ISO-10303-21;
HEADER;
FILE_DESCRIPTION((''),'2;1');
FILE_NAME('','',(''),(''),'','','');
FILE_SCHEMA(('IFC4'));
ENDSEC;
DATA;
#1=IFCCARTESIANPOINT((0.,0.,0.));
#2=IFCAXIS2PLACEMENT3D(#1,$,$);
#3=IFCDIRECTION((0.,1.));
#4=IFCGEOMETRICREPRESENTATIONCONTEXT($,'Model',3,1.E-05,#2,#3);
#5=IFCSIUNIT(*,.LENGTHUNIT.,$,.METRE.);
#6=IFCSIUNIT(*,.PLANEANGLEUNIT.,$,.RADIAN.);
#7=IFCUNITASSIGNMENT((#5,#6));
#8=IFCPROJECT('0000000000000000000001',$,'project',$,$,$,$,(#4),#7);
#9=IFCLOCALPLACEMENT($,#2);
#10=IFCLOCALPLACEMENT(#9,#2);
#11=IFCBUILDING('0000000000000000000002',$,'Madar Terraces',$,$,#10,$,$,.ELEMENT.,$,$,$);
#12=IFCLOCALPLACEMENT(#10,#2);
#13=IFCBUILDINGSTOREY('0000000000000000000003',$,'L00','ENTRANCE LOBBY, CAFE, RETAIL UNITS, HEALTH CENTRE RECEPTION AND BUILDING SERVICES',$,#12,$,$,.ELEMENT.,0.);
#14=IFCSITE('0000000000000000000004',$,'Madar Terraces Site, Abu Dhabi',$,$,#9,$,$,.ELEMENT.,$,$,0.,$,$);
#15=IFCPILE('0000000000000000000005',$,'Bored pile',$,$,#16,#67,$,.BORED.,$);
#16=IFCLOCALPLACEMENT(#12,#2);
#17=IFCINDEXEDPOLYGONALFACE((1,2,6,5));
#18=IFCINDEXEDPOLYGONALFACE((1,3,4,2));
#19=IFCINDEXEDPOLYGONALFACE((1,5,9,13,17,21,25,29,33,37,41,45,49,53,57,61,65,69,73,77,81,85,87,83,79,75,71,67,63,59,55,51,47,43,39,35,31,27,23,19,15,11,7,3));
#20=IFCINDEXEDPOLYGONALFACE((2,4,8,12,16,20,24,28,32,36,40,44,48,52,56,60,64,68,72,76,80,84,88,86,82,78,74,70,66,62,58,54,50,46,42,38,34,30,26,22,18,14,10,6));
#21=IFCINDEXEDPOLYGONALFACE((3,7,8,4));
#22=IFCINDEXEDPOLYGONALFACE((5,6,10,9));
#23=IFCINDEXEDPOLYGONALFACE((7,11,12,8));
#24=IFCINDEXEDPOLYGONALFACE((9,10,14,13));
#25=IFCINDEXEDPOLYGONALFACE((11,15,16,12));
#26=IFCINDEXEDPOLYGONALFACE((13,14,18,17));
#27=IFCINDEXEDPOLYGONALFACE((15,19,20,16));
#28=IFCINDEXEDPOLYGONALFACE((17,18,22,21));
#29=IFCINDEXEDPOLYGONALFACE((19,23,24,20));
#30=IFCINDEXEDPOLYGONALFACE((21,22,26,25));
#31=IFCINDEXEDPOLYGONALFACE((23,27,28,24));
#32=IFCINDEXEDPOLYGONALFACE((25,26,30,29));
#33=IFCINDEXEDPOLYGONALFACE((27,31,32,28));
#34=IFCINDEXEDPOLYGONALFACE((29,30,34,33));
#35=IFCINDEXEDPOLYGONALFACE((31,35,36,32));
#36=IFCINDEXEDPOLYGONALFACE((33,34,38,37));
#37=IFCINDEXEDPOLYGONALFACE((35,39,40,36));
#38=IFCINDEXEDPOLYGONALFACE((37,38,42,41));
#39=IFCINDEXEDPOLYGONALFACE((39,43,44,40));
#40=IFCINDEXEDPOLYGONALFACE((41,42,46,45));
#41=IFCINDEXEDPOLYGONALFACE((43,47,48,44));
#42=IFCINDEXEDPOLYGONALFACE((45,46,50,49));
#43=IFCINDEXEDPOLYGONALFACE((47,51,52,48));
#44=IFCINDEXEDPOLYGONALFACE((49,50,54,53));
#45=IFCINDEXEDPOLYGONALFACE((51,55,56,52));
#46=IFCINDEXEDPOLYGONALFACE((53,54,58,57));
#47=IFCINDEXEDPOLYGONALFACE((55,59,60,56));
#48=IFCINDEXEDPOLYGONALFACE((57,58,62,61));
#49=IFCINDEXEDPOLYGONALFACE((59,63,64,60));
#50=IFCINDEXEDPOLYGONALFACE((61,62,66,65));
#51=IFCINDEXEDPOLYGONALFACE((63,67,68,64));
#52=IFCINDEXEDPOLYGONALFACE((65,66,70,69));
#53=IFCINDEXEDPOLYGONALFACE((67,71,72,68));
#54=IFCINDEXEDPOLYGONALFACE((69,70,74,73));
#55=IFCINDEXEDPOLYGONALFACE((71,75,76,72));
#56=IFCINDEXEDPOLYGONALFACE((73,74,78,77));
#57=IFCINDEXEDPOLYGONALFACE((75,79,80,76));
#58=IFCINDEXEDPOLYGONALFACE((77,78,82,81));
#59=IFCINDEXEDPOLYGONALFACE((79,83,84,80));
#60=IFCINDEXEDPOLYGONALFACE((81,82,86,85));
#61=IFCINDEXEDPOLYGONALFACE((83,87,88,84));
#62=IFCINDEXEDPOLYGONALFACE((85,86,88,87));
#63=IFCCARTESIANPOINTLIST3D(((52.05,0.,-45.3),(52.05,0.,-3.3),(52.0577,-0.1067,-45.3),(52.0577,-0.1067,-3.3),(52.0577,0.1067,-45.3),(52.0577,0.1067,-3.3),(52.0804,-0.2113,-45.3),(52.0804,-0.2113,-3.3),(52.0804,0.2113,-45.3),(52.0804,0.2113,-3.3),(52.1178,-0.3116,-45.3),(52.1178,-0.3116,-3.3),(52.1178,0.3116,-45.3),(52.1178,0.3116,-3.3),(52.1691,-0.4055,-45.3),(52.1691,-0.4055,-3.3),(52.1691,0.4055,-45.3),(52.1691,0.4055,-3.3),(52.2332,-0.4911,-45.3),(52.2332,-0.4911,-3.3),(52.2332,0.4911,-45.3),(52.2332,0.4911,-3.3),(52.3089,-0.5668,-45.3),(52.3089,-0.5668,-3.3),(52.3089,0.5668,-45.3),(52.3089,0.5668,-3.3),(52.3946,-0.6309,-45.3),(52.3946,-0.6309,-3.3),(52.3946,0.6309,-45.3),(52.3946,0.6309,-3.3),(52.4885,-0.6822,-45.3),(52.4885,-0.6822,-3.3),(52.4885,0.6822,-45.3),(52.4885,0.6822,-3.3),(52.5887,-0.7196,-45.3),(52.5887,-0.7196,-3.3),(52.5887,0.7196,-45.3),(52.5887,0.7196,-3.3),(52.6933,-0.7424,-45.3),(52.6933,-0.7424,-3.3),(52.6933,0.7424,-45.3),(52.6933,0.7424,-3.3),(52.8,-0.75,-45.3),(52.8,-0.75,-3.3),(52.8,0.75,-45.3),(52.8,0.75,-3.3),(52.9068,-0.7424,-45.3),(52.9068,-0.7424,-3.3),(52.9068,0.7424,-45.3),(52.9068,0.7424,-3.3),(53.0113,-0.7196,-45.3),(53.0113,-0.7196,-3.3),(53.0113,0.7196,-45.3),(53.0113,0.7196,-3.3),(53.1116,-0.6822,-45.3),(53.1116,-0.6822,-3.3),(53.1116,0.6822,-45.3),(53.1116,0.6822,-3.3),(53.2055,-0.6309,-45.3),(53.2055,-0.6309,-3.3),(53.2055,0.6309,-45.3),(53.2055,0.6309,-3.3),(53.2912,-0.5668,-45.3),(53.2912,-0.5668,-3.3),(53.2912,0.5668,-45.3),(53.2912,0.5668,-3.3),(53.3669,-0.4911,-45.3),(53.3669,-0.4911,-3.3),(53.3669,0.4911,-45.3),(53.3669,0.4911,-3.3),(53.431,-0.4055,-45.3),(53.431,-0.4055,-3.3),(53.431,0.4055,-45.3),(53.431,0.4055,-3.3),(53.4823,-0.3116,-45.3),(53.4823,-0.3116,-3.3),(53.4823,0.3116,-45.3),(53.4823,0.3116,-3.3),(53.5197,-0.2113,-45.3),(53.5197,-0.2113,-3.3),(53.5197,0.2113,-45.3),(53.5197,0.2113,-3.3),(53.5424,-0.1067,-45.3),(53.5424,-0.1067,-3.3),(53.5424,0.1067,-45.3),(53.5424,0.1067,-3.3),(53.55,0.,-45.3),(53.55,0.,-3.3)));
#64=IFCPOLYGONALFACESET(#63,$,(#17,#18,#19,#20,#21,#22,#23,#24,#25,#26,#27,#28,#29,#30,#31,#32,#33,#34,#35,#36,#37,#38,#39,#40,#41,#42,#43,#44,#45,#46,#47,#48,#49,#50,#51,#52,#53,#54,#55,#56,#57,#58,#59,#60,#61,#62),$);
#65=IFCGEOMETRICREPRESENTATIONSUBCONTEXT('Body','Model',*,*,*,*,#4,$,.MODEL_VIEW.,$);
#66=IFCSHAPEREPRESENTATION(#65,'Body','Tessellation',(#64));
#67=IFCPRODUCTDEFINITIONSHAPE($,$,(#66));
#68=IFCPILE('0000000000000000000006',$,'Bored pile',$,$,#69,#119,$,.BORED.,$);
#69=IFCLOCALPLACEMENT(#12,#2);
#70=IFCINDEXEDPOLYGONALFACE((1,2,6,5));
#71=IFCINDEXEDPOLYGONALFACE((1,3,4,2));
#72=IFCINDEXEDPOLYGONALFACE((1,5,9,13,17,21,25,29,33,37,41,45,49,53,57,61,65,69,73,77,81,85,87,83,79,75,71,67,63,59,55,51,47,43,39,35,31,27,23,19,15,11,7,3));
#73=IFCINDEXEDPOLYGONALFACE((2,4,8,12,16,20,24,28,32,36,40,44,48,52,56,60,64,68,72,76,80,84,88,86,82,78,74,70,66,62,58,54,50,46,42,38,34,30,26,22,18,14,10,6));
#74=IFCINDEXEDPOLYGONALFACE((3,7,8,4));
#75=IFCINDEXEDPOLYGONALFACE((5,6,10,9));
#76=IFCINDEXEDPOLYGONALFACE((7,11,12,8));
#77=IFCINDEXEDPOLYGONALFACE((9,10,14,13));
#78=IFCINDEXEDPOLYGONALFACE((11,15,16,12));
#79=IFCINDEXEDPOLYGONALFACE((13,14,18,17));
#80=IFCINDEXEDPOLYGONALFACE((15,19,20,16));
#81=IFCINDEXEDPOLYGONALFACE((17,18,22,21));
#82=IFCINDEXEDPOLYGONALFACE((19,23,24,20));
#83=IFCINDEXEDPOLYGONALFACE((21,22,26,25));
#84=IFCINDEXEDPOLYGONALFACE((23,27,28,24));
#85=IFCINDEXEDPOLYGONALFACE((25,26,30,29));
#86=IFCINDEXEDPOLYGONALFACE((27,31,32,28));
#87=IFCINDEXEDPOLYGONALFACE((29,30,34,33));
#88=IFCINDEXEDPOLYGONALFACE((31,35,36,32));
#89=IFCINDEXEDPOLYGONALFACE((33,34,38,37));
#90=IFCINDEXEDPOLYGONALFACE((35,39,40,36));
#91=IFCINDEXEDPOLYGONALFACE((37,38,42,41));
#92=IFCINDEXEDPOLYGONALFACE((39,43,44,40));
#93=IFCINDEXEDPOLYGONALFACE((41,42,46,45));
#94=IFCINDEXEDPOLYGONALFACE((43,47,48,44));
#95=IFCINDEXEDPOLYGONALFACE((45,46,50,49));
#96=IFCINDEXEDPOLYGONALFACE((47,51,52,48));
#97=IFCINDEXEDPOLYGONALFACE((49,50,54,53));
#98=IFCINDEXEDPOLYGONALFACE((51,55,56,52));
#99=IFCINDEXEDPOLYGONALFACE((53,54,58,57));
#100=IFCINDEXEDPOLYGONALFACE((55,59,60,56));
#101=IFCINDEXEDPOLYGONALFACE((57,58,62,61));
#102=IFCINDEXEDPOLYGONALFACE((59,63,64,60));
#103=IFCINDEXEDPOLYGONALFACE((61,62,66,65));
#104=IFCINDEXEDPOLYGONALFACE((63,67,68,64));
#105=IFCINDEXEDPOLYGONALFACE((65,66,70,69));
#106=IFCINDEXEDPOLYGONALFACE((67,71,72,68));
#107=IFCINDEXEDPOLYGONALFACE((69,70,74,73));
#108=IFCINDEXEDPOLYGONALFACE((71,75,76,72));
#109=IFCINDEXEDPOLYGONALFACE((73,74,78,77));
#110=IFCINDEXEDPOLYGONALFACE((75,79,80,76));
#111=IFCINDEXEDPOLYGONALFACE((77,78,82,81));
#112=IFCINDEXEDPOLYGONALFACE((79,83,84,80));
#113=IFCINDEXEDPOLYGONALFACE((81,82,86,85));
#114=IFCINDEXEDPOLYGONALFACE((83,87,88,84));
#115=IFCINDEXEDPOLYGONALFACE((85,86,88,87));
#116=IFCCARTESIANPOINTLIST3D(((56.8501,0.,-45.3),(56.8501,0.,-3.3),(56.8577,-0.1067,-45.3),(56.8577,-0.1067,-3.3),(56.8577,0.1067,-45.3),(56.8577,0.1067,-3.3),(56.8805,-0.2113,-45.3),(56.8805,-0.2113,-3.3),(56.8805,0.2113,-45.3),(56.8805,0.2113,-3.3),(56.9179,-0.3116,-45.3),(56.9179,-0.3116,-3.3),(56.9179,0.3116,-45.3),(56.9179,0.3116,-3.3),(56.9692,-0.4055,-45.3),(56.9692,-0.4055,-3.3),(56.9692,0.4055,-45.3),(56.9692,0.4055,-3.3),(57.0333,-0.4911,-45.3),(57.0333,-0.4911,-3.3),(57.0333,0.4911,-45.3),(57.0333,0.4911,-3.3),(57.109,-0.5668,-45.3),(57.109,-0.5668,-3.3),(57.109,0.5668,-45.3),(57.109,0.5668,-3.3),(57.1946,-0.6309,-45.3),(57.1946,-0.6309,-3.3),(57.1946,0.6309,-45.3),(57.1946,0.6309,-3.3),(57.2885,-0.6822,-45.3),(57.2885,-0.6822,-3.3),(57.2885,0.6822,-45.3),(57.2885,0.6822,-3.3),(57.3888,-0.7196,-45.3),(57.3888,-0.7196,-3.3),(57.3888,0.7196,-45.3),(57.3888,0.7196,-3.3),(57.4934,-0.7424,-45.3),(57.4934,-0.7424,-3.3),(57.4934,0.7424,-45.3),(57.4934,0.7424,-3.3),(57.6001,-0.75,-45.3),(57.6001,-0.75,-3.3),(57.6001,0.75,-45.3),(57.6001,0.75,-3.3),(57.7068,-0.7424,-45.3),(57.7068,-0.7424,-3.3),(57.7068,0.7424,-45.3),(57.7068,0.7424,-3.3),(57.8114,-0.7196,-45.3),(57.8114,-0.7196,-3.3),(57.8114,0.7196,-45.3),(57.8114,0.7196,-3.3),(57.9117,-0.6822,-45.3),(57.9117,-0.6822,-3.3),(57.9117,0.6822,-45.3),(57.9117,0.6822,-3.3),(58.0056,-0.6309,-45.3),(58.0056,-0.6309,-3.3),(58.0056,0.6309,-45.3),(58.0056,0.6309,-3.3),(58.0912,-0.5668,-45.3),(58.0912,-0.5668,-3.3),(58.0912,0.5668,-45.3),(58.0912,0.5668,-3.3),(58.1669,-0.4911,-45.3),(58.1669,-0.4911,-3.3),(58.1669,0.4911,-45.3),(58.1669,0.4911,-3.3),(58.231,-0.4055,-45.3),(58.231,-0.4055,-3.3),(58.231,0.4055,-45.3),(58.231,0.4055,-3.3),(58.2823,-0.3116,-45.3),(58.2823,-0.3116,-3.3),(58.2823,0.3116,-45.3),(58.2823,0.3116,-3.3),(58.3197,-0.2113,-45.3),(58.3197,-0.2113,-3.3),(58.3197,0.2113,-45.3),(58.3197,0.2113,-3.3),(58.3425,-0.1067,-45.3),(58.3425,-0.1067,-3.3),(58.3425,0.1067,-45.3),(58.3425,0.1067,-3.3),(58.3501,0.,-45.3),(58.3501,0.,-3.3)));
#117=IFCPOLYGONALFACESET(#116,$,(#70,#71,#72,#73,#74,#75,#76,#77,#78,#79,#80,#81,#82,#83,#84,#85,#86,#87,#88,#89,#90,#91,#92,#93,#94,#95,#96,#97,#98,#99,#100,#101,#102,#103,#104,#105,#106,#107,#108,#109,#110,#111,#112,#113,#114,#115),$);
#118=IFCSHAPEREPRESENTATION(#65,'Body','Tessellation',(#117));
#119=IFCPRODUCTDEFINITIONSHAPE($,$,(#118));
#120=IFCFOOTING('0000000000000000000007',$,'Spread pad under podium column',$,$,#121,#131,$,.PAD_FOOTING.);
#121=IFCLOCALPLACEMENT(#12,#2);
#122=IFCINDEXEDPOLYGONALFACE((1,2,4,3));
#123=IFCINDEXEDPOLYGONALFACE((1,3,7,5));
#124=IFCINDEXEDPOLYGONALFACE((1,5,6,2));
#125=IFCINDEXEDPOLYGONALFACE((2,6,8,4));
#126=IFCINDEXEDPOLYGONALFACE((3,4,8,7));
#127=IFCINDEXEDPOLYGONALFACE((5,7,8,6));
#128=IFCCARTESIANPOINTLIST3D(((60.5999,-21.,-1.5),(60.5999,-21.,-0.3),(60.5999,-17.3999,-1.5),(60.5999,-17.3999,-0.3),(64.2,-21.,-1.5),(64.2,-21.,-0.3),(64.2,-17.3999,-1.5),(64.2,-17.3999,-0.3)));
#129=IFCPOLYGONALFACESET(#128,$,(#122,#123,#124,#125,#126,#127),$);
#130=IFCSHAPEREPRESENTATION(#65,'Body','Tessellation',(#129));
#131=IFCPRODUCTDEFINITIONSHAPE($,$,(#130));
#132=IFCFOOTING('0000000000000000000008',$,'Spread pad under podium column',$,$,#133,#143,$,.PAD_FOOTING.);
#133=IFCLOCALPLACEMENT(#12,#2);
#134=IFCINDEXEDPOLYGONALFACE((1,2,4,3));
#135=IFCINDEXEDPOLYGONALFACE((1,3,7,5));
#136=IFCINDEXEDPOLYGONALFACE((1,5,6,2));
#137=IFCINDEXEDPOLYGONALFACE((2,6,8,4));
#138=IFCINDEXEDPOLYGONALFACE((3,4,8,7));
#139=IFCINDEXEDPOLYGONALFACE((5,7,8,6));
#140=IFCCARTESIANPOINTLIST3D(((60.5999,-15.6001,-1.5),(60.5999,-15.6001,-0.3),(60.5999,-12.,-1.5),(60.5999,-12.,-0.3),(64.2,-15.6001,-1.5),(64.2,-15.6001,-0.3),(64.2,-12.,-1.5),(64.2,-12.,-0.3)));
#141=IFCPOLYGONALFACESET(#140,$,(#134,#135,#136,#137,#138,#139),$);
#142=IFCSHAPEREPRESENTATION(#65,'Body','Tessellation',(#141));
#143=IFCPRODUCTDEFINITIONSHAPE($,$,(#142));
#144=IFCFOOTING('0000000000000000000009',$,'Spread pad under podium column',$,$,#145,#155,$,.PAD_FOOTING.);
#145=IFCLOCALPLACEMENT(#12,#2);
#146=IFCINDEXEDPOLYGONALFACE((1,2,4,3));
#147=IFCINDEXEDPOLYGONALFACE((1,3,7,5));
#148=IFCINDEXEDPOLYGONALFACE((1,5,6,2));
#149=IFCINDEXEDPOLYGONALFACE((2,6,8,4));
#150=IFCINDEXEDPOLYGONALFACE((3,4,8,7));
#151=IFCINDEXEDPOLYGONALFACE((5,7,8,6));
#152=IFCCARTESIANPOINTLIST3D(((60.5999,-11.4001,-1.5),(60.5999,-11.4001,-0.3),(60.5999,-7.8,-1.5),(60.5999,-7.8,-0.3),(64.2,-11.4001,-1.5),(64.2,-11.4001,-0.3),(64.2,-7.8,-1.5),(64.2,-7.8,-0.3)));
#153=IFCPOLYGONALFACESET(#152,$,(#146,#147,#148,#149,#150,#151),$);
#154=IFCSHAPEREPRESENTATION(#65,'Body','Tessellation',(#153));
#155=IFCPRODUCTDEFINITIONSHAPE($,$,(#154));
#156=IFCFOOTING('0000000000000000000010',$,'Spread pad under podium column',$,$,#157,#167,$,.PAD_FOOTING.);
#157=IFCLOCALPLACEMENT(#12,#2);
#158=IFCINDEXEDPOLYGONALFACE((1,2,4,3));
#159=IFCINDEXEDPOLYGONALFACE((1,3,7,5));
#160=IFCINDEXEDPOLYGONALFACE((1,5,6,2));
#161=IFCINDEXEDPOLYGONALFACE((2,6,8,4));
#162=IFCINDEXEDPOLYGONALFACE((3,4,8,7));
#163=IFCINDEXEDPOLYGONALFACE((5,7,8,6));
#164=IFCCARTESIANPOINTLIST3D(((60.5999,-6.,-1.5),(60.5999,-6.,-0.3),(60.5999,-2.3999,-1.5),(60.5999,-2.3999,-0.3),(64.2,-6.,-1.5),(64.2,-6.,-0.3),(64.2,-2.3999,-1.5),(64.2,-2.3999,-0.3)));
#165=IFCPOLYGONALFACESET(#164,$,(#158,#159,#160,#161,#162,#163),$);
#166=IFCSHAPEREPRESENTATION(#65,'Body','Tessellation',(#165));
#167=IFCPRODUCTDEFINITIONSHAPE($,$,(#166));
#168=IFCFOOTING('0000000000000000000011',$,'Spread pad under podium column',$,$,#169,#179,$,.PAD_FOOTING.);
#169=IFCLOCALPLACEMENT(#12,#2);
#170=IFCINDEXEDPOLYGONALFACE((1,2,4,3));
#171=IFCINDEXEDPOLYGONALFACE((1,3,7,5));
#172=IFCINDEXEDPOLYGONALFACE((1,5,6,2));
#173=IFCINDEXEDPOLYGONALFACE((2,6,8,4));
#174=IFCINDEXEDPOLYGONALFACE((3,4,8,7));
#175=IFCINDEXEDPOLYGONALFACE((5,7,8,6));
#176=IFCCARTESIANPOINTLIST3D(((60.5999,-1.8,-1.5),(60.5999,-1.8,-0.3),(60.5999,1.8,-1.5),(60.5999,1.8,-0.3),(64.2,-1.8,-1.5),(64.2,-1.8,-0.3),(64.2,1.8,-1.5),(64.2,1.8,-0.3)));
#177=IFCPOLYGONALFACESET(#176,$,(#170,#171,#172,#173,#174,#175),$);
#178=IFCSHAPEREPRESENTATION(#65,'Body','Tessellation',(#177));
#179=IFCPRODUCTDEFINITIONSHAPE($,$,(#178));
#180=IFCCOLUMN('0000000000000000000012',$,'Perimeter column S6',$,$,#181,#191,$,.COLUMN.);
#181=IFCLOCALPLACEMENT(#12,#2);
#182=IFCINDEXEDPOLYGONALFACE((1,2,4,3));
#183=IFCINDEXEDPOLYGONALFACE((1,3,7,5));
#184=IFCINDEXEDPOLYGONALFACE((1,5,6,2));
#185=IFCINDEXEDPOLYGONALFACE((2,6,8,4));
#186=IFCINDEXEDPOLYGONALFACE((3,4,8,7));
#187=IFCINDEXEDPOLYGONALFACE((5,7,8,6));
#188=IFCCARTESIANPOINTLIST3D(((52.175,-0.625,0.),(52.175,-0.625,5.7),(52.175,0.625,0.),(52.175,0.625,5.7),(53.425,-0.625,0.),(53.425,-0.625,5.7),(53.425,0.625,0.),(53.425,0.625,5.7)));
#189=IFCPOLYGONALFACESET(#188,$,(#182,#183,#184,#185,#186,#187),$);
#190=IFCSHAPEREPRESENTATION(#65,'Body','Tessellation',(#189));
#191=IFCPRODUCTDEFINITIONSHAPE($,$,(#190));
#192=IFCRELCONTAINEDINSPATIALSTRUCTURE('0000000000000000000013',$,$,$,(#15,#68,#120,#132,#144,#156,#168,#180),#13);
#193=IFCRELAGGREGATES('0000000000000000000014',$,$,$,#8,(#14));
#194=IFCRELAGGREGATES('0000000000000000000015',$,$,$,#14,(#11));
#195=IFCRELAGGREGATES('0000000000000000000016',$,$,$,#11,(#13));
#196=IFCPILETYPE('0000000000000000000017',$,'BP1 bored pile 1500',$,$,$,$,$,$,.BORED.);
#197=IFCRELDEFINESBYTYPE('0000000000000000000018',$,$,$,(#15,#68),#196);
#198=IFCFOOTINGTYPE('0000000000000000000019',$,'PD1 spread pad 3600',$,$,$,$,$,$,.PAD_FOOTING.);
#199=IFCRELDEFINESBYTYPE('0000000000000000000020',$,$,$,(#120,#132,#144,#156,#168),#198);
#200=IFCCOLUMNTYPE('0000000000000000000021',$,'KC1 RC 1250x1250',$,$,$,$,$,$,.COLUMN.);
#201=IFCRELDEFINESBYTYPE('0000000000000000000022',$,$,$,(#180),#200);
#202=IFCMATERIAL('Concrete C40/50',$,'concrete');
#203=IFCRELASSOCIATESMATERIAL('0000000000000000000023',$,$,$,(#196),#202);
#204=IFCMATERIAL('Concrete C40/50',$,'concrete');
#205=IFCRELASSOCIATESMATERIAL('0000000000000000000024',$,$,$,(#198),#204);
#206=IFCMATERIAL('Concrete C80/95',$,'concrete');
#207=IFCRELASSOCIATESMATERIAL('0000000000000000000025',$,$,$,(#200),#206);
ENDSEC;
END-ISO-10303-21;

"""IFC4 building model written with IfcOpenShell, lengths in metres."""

from ifc_helpers import new_model, si_unit, direction, frame, origin, origin_2d, place, context, subcontext, project, spatial, rectangle, circle, extrude, material, material_profile, profile_set, type_object, element, save


model = new_model("IFC4")

# Units and contexts
model_context = context("Model", 3, precision=1e-05, world=origin(), true_north=direction((0.0, 1.0)))
body_context = subcontext(model_context, "Body", "Model", "MODEL_VIEW")
ifc_project = project(units=[si_unit("LENGTHUNIT", "METRE"), si_unit("PLANEANGLEUNIT", "RADIAN")], contexts=[model_context])

# Site, building, storey
site_placement = place(None, origin())
site = spatial("IfcSite", under=ifc_project, at=site_placement, Name="Madar Terraces Site, Abu Dhabi", CompositionType="ELEMENT", RefElevation=0.0)
building_placement = place(site_placement, origin())
building = spatial("IfcBuilding", under=site, at=building_placement, Name="Madar Terraces", CompositionType="ELEMENT")
storey_placement = place(building_placement, origin())
storey = spatial("IfcBuildingStorey", under=building, at=storey_placement, Name="L00", Description="ENTRANCE LOBBY, CAFE, RETAIL UNITS, HEALTH CENTRE RECEPTION AND BUILDING SERVICES", CompositionType="ELEMENT", Elevation=0.0)

# Piles
ifc_material_1 = material(Name="Concrete C40/50", Category="concrete")
ifc_material_profile_1 = material_profile(ifc_material_1, circle(Radius=0.75, at=origin_2d()), Name="BP1 bored pile 1500")
ifc_profile_set_1 = profile_set([ifc_material_profile_1], Name="Concrete C40/50")
pile_type = type_object("IfcPileType", Name="BP1 bored pile 1500", PredefinedType="BORED", material=ifc_profile_set_1)
for number, where, z_axis, x_axis, name in (
    (1, (52.8, 0.0, -3.3), (0.0, 0.0, -1.0), (1.0, 0.0, 0.0), "Bored pile"),
    (2, (57.6001, 0.0, -3.3), (0.0, 0.0, -1.0), (1.0, 0.0, 0.0), "Bored pile"),
):
    element("IfcPile", number, at=place(storey_placement, frame(where, z_axis=z_axis, x_axis=x_axis)), inside=storey, type_object=pile_type, Name=name, PredefinedType="BORED", context=body_context, shape_type="SweptSolid", body=[
        extrude(circle(Radius=0.75, at=origin_2d()), origin(), (0.0, 0.0, 1.0), 42.0),
    ])

# Footings
ifc_material_2 = material(Name="Concrete C40/50", Category="concrete")
footing_type = type_object("IfcFootingType", Name="PD1 spread pad 3600", PredefinedType="PAD_FOOTING", material=ifc_material_2)
for number, where, z_axis, x_axis, name in (
    (3, (62.3999, -19.2, -1.5), (0.0, 0.0, 1.0), (1.0, 0.0, 0.0), "Spread pad under podium column"),
    (4, (62.3999, -13.8, -1.5), (0.0, 0.0, 1.0), (1.0, 0.0, 0.0), "Spread pad under podium column"),
    (5, (62.3999, -9.6001, -1.5), (0.0, 0.0, 1.0), (1.0, 0.0, 0.0), "Spread pad under podium column"),
    (6, (62.3999, -4.2, -1.5), (0.0, 0.0, 1.0), (1.0, 0.0, 0.0), "Spread pad under podium column"),
    (7, (62.3999, 0.0, -1.5), (0.0, 0.0, 1.0), (1.0, 0.0, 0.0), "Spread pad under podium column"),
):
    element("IfcFooting", number, at=place(storey_placement, frame(where, z_axis=z_axis, x_axis=x_axis)), inside=storey, type_object=footing_type, Name=name, PredefinedType="PAD_FOOTING", context=body_context, shape_type="SweptSolid", body=[
        extrude(rectangle(XDim=3.6001, YDim=3.6001, at=origin_2d()), origin(), (0.0, 0.0, 1.0), 1.2),
    ])

# Column
ifc_material_3 = material(Name="Concrete C80/95", Category="concrete")
ifc_material_profile_2 = material_profile(ifc_material_3, rectangle(XDim=1.25, YDim=1.25, at=origin_2d()), Name="KC1 RC 1250x1250")
ifc_profile_set_2 = profile_set([ifc_material_profile_2], Name="Concrete C80/95")
column_type_1 = type_object("IfcColumnType", Name="KC1 RC 1250x1250", PredefinedType="COLUMN", material=ifc_profile_set_2)
column_placement = place(storey_placement, frame((52.8, 0.0, 0.0), z_axis=(0.0, 0.0, 1.0), x_axis=(1.0, 0.0, 0.0)))
element("IfcColumn", 8, at=column_placement, inside=storey, type_object=column_type_1, Name="Perimeter column S6", PredefinedType="COLUMN", context=body_context, shape_type="SweptSolid", body=[
    extrude(rectangle(XDim=1.25, YDim=1.25, at=origin_2d()), origin(), (0.0, 0.0, 1.0), 5.7),
])

save(model, "model.ifc")
